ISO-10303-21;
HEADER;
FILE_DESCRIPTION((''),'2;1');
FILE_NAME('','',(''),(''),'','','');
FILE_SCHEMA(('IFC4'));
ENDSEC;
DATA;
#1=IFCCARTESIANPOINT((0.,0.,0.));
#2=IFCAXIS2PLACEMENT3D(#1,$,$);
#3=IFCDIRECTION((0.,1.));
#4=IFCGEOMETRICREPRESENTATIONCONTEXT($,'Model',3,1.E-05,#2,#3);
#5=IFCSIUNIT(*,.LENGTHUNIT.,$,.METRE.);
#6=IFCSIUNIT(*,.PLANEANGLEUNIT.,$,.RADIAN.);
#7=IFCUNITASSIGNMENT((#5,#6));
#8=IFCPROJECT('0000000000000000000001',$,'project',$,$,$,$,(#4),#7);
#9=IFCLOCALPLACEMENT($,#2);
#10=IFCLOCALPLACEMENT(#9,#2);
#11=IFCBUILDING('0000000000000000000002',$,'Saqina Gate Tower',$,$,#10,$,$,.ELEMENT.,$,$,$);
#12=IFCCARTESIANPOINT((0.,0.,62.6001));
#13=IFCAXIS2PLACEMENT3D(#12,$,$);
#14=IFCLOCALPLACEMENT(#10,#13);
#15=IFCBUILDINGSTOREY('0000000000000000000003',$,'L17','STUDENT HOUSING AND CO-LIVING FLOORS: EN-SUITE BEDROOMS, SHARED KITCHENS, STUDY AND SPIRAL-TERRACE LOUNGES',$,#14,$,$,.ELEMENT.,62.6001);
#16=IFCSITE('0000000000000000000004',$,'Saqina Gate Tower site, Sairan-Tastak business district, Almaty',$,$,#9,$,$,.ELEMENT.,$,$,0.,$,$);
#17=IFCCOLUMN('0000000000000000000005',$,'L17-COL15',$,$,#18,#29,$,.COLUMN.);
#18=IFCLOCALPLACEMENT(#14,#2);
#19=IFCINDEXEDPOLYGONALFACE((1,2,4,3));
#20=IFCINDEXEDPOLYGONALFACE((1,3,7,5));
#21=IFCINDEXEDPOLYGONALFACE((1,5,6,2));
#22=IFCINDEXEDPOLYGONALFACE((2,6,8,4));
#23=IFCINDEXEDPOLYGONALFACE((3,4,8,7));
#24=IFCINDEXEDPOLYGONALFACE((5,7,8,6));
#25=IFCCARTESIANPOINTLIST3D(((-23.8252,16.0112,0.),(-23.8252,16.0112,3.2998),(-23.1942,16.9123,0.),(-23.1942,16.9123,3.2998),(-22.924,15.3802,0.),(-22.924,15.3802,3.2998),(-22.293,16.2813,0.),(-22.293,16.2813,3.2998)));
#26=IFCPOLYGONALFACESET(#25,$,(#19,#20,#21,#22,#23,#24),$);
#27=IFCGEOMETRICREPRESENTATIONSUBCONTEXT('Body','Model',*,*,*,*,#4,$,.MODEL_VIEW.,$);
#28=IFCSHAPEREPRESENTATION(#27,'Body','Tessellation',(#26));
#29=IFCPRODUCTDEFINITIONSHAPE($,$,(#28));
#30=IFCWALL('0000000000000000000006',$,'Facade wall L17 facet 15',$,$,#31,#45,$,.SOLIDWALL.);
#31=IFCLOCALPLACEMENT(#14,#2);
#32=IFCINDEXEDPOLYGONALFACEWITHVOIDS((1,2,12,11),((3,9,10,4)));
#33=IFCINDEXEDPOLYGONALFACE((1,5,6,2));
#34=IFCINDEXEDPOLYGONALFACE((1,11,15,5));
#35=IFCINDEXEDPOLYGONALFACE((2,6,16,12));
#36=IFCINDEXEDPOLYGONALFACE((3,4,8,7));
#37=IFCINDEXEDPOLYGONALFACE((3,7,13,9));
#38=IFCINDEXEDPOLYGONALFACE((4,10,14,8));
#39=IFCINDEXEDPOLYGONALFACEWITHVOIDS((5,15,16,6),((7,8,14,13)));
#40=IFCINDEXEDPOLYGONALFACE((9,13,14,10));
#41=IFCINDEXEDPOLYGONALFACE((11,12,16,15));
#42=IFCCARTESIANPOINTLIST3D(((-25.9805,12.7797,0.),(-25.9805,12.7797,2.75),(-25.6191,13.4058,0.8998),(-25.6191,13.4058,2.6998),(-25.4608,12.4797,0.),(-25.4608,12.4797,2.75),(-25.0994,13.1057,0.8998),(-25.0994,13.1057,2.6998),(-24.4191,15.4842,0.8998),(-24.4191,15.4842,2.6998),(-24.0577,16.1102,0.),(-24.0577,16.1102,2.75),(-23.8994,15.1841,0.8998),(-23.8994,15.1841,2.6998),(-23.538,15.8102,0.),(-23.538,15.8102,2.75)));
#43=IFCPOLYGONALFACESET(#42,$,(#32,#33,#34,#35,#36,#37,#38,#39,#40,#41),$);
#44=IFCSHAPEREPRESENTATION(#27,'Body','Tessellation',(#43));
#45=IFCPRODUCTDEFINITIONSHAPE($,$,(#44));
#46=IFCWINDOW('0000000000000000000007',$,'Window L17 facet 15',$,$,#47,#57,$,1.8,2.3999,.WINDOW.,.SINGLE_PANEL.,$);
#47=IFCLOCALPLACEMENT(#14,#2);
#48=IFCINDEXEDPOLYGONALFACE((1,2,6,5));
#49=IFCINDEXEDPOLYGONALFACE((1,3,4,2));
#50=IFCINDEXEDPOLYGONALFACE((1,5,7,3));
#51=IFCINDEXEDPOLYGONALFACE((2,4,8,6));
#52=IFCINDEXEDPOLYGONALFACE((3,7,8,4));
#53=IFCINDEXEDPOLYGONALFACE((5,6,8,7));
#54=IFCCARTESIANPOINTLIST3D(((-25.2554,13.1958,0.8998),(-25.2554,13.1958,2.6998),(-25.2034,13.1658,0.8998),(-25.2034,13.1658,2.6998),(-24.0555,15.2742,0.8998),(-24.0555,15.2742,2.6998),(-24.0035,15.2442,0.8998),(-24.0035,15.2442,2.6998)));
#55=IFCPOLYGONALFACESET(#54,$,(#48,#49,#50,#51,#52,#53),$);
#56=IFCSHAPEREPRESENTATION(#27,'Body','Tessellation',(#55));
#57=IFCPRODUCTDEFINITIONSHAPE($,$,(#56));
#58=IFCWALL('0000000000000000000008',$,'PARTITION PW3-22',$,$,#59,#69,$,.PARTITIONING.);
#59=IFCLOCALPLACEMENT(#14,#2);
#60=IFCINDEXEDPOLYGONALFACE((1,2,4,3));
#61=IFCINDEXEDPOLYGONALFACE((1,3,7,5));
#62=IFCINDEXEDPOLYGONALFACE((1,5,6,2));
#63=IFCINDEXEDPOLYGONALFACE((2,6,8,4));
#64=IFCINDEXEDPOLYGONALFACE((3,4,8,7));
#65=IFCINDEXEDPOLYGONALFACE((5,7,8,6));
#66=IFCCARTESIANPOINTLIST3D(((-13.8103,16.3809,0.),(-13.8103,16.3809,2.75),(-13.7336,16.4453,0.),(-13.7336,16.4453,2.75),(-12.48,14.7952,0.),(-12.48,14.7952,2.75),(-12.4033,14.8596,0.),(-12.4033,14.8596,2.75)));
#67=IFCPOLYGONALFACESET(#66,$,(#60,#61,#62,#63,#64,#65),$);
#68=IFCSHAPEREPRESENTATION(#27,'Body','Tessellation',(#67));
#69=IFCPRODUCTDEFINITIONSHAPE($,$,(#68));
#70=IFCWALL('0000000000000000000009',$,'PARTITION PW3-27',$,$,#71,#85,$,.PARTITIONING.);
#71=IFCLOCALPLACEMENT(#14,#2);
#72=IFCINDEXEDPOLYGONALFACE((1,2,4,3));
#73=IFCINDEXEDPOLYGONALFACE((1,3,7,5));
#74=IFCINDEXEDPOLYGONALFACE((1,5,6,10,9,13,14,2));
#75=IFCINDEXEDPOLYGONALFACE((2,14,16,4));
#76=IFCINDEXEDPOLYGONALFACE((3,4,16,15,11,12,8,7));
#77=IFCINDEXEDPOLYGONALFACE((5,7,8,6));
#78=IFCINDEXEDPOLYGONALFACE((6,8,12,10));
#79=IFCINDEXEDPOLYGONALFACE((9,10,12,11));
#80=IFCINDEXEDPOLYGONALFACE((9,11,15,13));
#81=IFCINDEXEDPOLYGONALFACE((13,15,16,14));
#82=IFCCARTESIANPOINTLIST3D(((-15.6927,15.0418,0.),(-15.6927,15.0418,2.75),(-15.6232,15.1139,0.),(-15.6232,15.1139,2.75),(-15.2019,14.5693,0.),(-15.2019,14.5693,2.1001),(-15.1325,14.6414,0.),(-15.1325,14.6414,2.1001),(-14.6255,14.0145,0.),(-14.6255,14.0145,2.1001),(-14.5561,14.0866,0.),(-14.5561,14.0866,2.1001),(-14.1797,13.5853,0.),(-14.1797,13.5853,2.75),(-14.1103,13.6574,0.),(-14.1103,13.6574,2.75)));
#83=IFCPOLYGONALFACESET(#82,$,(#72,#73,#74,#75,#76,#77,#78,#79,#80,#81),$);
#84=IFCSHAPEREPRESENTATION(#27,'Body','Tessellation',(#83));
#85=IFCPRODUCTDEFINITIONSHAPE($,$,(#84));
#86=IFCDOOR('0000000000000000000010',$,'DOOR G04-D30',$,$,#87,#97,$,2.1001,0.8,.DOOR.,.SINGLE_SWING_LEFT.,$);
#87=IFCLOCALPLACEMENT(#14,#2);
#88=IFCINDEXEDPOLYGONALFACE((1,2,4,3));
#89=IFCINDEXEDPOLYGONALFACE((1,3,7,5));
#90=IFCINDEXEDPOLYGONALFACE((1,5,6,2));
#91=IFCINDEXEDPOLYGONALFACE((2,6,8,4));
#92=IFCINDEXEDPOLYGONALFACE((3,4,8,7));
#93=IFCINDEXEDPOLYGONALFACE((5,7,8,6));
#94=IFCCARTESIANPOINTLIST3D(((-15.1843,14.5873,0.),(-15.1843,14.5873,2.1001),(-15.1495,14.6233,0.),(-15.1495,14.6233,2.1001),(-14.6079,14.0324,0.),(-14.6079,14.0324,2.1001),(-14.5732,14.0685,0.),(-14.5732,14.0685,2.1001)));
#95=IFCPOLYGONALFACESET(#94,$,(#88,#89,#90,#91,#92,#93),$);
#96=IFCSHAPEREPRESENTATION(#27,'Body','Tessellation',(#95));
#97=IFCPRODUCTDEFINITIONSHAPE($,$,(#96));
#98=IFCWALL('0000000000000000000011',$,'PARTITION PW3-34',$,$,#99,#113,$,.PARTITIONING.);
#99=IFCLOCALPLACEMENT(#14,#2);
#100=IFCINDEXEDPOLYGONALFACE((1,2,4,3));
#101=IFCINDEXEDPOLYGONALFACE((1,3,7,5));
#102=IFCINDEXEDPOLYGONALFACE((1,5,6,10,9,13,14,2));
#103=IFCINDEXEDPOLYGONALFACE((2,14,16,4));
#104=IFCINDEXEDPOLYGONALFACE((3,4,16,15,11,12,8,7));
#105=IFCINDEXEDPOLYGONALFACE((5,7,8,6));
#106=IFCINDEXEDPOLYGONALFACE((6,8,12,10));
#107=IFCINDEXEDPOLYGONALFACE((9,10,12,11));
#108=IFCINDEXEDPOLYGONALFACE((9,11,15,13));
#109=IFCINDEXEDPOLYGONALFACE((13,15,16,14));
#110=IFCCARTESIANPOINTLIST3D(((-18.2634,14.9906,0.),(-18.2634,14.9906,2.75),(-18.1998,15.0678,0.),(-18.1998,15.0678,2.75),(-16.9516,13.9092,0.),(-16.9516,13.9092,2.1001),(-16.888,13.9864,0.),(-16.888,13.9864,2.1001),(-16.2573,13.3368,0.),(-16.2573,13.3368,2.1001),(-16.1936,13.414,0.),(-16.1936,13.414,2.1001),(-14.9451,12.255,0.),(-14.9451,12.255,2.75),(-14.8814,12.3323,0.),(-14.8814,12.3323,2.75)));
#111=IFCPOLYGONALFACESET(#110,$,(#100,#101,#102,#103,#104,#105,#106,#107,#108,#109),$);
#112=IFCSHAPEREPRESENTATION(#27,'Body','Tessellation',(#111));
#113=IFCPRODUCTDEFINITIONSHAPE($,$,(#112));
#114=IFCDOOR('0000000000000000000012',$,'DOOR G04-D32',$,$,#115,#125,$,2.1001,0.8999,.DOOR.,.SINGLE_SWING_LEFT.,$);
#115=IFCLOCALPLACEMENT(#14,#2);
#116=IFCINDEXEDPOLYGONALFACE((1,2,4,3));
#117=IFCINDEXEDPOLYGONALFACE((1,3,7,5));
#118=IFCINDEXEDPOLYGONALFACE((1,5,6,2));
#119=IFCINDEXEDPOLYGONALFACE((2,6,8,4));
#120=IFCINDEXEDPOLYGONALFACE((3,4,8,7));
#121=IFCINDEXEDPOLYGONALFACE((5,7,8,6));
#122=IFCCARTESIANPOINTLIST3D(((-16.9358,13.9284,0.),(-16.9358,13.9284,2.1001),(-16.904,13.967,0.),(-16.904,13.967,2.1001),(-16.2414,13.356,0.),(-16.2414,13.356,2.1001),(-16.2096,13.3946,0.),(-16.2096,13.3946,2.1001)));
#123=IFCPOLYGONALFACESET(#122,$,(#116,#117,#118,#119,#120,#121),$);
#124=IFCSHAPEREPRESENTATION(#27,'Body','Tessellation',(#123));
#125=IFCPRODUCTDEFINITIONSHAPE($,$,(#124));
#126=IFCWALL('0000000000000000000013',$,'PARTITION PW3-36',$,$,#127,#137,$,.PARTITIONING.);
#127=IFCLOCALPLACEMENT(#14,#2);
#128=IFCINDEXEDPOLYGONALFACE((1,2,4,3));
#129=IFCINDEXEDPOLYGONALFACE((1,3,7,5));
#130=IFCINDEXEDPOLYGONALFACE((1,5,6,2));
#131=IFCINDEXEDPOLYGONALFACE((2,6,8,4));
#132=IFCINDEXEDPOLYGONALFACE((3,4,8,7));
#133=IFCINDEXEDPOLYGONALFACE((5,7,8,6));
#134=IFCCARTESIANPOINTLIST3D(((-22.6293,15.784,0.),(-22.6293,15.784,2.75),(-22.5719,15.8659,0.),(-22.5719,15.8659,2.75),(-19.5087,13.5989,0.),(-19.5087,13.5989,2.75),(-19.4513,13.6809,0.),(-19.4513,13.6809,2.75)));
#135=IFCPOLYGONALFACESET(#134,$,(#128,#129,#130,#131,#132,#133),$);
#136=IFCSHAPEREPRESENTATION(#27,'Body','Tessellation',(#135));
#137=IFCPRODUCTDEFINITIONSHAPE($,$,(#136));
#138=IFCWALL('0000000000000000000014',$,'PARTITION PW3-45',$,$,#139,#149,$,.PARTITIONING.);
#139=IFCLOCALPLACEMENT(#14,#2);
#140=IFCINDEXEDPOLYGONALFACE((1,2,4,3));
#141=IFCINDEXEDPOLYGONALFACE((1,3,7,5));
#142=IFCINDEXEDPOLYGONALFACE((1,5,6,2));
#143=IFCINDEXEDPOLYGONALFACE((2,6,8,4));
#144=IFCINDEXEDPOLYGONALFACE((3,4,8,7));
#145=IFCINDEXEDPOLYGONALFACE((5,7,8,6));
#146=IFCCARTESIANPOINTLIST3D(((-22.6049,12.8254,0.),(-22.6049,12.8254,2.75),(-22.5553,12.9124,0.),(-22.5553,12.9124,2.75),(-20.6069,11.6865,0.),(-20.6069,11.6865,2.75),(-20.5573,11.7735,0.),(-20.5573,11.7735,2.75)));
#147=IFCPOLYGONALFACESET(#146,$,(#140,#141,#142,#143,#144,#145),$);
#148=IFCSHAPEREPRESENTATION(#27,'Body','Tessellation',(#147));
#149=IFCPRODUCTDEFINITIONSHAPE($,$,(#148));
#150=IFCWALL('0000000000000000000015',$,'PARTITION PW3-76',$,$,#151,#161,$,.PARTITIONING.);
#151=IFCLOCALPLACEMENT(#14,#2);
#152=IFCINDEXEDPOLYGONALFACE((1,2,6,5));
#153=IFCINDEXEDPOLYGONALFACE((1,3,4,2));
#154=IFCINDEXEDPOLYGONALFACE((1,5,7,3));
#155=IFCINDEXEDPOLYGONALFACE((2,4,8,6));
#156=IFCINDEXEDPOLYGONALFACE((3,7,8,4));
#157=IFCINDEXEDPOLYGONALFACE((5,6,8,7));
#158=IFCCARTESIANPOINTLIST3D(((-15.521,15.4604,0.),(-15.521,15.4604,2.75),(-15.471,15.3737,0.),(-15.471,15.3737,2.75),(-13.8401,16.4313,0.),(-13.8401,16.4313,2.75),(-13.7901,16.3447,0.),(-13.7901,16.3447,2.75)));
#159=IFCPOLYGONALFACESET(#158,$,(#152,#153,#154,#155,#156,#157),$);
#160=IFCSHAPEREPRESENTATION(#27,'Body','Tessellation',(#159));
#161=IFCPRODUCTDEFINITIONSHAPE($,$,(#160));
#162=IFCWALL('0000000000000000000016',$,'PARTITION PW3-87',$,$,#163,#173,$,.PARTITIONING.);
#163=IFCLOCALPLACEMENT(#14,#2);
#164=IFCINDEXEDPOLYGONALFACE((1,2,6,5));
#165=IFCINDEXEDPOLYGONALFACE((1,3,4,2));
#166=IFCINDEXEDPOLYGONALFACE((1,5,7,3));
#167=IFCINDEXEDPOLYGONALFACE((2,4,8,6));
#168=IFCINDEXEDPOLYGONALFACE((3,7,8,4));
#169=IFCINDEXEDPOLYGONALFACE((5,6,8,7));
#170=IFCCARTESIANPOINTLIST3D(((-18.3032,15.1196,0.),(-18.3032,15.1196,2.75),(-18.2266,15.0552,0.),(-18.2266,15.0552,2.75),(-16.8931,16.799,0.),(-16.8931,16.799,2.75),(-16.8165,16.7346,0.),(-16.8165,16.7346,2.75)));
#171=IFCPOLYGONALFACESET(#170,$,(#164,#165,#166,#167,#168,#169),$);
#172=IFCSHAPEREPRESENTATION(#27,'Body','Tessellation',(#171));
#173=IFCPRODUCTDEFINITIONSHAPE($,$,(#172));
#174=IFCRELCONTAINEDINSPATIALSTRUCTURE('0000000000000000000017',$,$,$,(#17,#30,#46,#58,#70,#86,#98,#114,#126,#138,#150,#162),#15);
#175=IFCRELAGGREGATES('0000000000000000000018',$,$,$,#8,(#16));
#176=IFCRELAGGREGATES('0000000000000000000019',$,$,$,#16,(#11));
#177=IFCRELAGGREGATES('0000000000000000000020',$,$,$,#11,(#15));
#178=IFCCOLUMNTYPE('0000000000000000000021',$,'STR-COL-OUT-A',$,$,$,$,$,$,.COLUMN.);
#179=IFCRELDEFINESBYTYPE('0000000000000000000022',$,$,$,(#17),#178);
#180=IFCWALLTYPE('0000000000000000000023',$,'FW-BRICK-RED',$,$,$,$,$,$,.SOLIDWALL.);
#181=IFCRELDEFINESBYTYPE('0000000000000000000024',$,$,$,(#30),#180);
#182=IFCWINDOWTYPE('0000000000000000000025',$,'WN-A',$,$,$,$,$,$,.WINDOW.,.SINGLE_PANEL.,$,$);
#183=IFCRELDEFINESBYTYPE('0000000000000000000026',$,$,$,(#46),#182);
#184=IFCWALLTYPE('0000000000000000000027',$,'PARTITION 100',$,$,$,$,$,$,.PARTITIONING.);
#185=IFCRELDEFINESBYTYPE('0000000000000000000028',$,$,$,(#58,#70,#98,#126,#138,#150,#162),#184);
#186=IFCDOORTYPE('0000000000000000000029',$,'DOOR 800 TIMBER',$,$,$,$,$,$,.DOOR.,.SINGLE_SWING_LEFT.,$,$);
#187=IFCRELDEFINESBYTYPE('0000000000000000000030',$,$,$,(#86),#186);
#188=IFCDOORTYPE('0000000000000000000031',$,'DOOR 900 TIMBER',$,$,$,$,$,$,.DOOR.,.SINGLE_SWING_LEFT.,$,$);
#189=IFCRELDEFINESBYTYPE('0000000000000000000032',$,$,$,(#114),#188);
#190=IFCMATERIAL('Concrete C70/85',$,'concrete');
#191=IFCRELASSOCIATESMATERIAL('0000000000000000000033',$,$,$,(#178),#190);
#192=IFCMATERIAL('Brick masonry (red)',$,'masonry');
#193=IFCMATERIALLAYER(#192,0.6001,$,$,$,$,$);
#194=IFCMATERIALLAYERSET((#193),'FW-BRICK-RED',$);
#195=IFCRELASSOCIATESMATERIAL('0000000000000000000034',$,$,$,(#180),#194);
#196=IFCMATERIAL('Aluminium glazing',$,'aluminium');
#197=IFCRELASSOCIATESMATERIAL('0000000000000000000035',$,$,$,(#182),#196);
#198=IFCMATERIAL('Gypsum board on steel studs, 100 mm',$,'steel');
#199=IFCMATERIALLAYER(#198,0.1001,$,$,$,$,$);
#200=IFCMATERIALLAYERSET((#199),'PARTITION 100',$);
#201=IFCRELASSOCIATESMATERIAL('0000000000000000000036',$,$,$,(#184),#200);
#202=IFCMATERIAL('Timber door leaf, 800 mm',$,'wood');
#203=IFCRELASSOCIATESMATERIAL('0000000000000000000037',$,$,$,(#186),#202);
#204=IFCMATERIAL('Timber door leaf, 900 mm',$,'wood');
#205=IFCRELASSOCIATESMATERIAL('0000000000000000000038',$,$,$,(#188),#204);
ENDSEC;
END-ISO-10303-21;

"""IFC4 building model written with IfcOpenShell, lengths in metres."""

from ifc_helpers import new_model, si_unit, direction, frame, frame_2d, origin, origin_2d, place, context, subcontext, project, spatial, rectangle, extrude, material, layer, layer_set, material_profile, profile_set, type_object, element, fill, save


model = new_model("IFC4")

# Units and contexts
model_context = context("Model", 3, precision=1e-05, world=origin(), true_north=direction((0.0, 1.0)))
body_context = subcontext(model_context, "Body", "Model", "MODEL_VIEW")
ifc_project = project(units=[si_unit("LENGTHUNIT", "METRE"), si_unit("PLANEANGLEUNIT", "RADIAN")], contexts=[model_context])

# Site, building, storey
site_placement = place(None, origin())
site = spatial("IfcSite", under=ifc_project, at=site_placement, Name="Saqina Gate Tower site, Sairan-Tastak business district, Almaty", CompositionType="ELEMENT", RefElevation=0.0)
building_placement = place(site_placement, origin())
building = spatial("IfcBuilding", under=site, at=building_placement, Name="Saqina Gate Tower", CompositionType="ELEMENT")
storey_placement = place(building_placement, frame((0.0, 0.0, 62.6001)))
storey = spatial("IfcBuildingStorey", under=building, at=storey_placement, Name="L17", Description="STUDENT HOUSING AND CO-LIVING FLOORS: EN-SUITE BEDROOMS, SHARED KITCHENS, STUDY AND SPIRAL-TERRACE LOUNGES", CompositionType="ELEMENT", Elevation=62.6001)

# Column
ifc_material_1 = material(Name="Concrete C70/85", Category="concrete")
ifc_material_profile = material_profile(ifc_material_1, rectangle(XDim=1.1001, YDim=1.1001, at=origin_2d()), Name="RC 1100x1100")
ifc_profile_set = profile_set([ifc_material_profile], Name="Concrete C70/85")
column_type = type_object("IfcColumnType", Name="STR-COL-OUT-A", PredefinedType="COLUMN", material=ifc_profile_set)
column_placement = place(storey_placement, frame((-23.0591, 16.1462, 0.0), z_axis=(0.0, 0.0, 1.0), x_axis=(-0.819152, 0.573576, 0.0)))
element("IfcColumn", 1, at=column_placement, inside=storey, type_object=column_type, Name="L17-COL15", PredefinedType="COLUMN", context=body_context, shape_type="SweptSolid", body=[
    extrude(rectangle(XDim=1.1001, YDim=1.1001, at=origin_2d()), origin(), (0.0, 0.0, 1.0), 3.2998),
])

# Wall, opening, window
ifc_material_2 = material(Name="Brick masonry (red)", Category="masonry")
ifc_layer_1 = layer(ifc_material_2, 0.6001)
ifc_layer_set_1 = layer_set([ifc_layer_1], Name="FW-BRICK-RED")
wall_type_1 = type_object("IfcWallType", Name="FW-BRICK-RED", PredefinedType="SOLIDWALL", material=ifc_layer_set_1)
wall_1_placement = place(storey_placement, frame((-23.7979, 15.9602, 0.0), z_axis=(0.0, 0.0, 1.0), x_axis=(-0.49999, -0.866031, 0.0)))
wall_1 = element("IfcWall", 2, at=wall_1_placement, inside=storey, type_object=wall_type_1, Name="Facade wall L17 facet 15", PredefinedType="SOLIDWALL", context=body_context, shape_type="SweptSolid", body=[
    extrude(rectangle(XDim=3.8457, YDim=0.6001, at=frame_2d((1.9229, 0.0))), origin(), (0.0, 0.0, 1.0), 2.75),
])
opening_1_placement = place(wall_1_placement, frame((0.7229, 0.0, 0.8999)))
opening_1 = element("IfcOpeningElement", 3, at=opening_1_placement, cuts=wall_1, PredefinedType="OPENING", context=body_context, shape_type="SweptSolid", body=[
    extrude(rectangle(XDim=2.3999, YDim=1.8, at=frame_2d((1.2, 0.8999))), frame((0.0, 0.312, 0.0), z_axis=(0.0, -1.0, 0.0), x_axis=(1.0, 0.0, 0.0)), (0.0, 0.0, 1.0), 0.624),
])
ifc_material_3 = material(Name="Aluminium glazing", Category="aluminium")
window_type = type_object("IfcWindowType", Name="WN-A", PartitioningType="SINGLE_PANEL", PredefinedType="WINDOW", material=ifc_material_3)
window_placement = place(opening_1_placement, origin())
window = element("IfcWindow", 4, at=window_placement, inside=storey, type_object=window_type, Name="Window L17 facet 15", OverallHeight=1.8, OverallWidth=2.3999, PartitioningType="SINGLE_PANEL", PredefinedType="WINDOW", context=body_context, shape_type="SweptSolid", body=[
    extrude(rectangle(XDim=2.3999, YDim=1.8, at=frame_2d((1.2, 0.8999))), frame((0.0, 0.1799, 0.0), z_axis=(0.0, -1.0, 0.0), x_axis=(1.0, 0.0, 0.0)), (0.0, 0.0, 1.0), 0.0601),
])
fill(opening_1, window)

# Wall
ifc_material_4 = material(Name="Gypsum board on steel studs, 100 mm", Category="steel")
ifc_layer_2 = layer(ifc_material_4, 0.1001)
ifc_layer_set_2 = layer_set([ifc_layer_2], Name="PARTITION 100")
wall_type_2 = type_object("IfcWallType", Name="PARTITION 100", PredefinedType="PARTITIONING", material=ifc_layer_set_2)
wall_2_placement = place(storey_placement, frame((-13.772, 16.4131, 0.0), z_axis=(0.0, 0.0, 1.0), x_axis=(0.642722, -0.7661, 0.0)))
element("IfcWall", 5, at=wall_2_placement, inside=storey, type_object=wall_type_2, Name="PARTITION PW3-22", PredefinedType="PARTITIONING", context=body_context, shape_type="SweptSolid", body=[
    extrude(rectangle(XDim=2.0698, YDim=0.1001, at=frame_2d((1.0349, 0.0))), origin(), (0.0, 0.0, 1.0), 2.75),
])

# Walls, openings, doors
wall_3_placement = place(storey_placement, frame((-15.658, 15.0779, 0.0), z_axis=(0.0, 0.0, 1.0), x_axis=(0.720406, -0.693552, 0.0)))
wall_3 = element("IfcWall", 6, at=wall_3_placement, inside=storey, type_object=wall_type_2, Name="PARTITION PW3-27", PredefinedType="PARTITIONING", context=body_context, shape_type="SweptSolid", body=[
    extrude(rectangle(XDim=2.1001, YDim=0.1001, at=frame_2d((1.05, 0.0))), origin(), (0.0, 0.0, 1.0), 2.75),
])
opening_2_placement = place(wall_3_placement, frame((0.6814, 0.0, 0.0)))
opening_2 = element("IfcOpeningElement", 7, at=opening_2_placement, cuts=wall_3, PredefinedType="OPENING", context=body_context, shape_type="SweptSolid", body=[
    extrude(rectangle(XDim=0.8, YDim=2.1001, at=frame_2d((0.3999, 1.05))), frame((0.0, 0.062, 0.0), z_axis=(0.0, -1.0, 0.0), x_axis=(1.0, 0.0, 0.0)), (0.0, 0.0, 1.0), 0.124),
])
ifc_material_5 = material(Name="Timber door leaf, 800 mm", Category="wood")
door_type_1 = type_object("IfcDoorType", Name="DOOR 800 TIMBER", OperationType="SINGLE_SWING_LEFT", PredefinedType="DOOR", material=ifc_material_5)
door_1_placement = place(opening_2_placement, frame((0.8, 0.0, 0.0), z_axis=(0.0, 0.0, 1.0), x_axis=(-1.0, 0.0, 0.0)))
door_1 = element("IfcDoor", 8, at=door_1_placement, inside=storey, type_object=door_type_1, Name="DOOR G04-D30", OperationType="SINGLE_SWING_LEFT", OverallHeight=2.1001, OverallWidth=0.8, PredefinedType="DOOR", context=body_context, shape_type="SweptSolid", body=[
    extrude(rectangle(XDim=0.8, YDim=2.1001, at=frame_2d((0.3999, 1.05))), frame((0.0, 0.0249, 0.0), z_axis=(0.0, -1.0, 0.0), x_axis=(1.0, 0.0, 0.0)), (0.0, 0.0, 1.0), 0.05),
])
fill(opening_2, door_1)
wall_4_placement = place(storey_placement, frame((-18.2317, 15.0293, 0.0), z_axis=(0.0, 0.0, 1.0), x_axis=(0.771607, -0.636099, 0.0)))
wall_4 = element("IfcWall", 9, at=wall_4_placement, inside=storey, type_object=wall_type_2, Name="PARTITION PW3-34", PredefinedType="PARTITIONING", context=body_context, shape_type="SweptSolid", body=[
    extrude(rectangle(XDim=4.3005, YDim=0.1001, at=frame_2d((2.1504, 0.0))), origin(), (0.0, 0.0, 1.0), 2.75),
])
opening_3_placement = place(wall_4_placement, frame((1.7002, 0.0, 0.0)))
opening_3 = element("IfcOpeningElement", 10, at=opening_3_placement, cuts=wall_4, PredefinedType="OPENING", context=body_context, shape_type="SweptSolid", body=[
    extrude(rectangle(XDim=0.8999, YDim=2.1001, at=frame_2d((0.45, 1.05))), frame((0.0, 0.062, 0.0), z_axis=(0.0, -1.0, 0.0), x_axis=(1.0, 0.0, 0.0)), (0.0, 0.0, 1.0), 0.124),
])
ifc_material_6 = material(Name="Timber door leaf, 900 mm", Category="wood")
door_type_2 = type_object("IfcDoorType", Name="DOOR 900 TIMBER", OperationType="SINGLE_SWING_LEFT", PredefinedType="DOOR", material=ifc_material_6)
door_2_placement = place(opening_3_placement, origin())
door_2 = element("IfcDoor", 11, at=door_2_placement, inside=storey, type_object=door_type_2, Name="DOOR G04-D32", OperationType="SINGLE_SWING_LEFT", OverallHeight=2.1001, OverallWidth=0.8999, PredefinedType="DOOR", context=body_context, shape_type="SweptSolid", body=[
    extrude(rectangle(XDim=0.8999, YDim=2.1001, at=frame_2d((0.45, 1.05))), frame((0.0, 0.0249, 0.0), z_axis=(0.0, -1.0, 0.0), x_axis=(1.0, 0.0, 0.0)), (0.0, 0.0, 1.0), 0.05),
])
fill(opening_3, door_2)

# Walls
wall_5_placement = place(storey_placement, frame((-22.6006, 15.825, 0.0), z_axis=(0.0, 0.0, 1.0), x_axis=(0.819154, -0.573574, 0.0)))
element("IfcWall", 12, at=wall_5_placement, inside=storey, type_object=wall_type_2, Name="PARTITION PW3-36", PredefinedType="PARTITIONING", context=body_context, shape_type="SweptSolid", body=[
    extrude(rectangle(XDim=3.8096, YDim=0.1001, at=frame_2d((1.9048, 0.0))), origin(), (0.0, 0.0, 1.0), 2.75),
])
wall_6_placement = place(storey_placement, frame((-22.5801, 12.8689, 0.0), z_axis=(0.0, 0.0, 1.0), x_axis=(0.868772, -0.495213, 0.0)))
element("IfcWall", 13, at=wall_6_placement, inside=storey, type_object=wall_type_2, Name="PARTITION PW3-45", PredefinedType="PARTITIONING", context=body_context, shape_type="SweptSolid", body=[
    extrude(rectangle(XDim=2.2998, YDim=0.1001, at=frame_2d((1.1499, 0.0))), origin(), (0.0, 0.0, 1.0), 2.75),
])
wall_7_placement = place(storey_placement, frame((-15.4961, 15.417, 0.0), z_axis=(0.0, 0.0, 1.0), x_axis=(0.86592, 0.500183, 0.0)))
element("IfcWall", 14, at=wall_7_placement, inside=storey, type_object=wall_type_2, Name="PARTITION PW3-76", PredefinedType="PARTITIONING", context=body_context, shape_type="SweptSolid", body=[
    extrude(rectangle(XDim=1.9412, YDim=0.1001, at=frame_2d((0.9707, 0.0))), origin(), (0.0, 0.0, 1.0), 2.75),
])
wall_8_placement = place(storey_placement, frame((-18.2649, 15.0874, 0.0), z_axis=(0.0, 0.0, 1.0), x_axis=(0.643038, 0.765834, 0.0)))
element("IfcWall", 15, at=wall_8_placement, inside=storey, type_object=wall_type_2, Name="PARTITION PW3-87", PredefinedType="PARTITIONING", context=body_context, shape_type="SweptSolid", body=[
    extrude(rectangle(XDim=2.1929, YDim=0.1001, at=frame_2d((1.0964, 0.0))), origin(), (0.0, 0.0, 1.0), 2.75),
])

save(model, "model.ifc")
